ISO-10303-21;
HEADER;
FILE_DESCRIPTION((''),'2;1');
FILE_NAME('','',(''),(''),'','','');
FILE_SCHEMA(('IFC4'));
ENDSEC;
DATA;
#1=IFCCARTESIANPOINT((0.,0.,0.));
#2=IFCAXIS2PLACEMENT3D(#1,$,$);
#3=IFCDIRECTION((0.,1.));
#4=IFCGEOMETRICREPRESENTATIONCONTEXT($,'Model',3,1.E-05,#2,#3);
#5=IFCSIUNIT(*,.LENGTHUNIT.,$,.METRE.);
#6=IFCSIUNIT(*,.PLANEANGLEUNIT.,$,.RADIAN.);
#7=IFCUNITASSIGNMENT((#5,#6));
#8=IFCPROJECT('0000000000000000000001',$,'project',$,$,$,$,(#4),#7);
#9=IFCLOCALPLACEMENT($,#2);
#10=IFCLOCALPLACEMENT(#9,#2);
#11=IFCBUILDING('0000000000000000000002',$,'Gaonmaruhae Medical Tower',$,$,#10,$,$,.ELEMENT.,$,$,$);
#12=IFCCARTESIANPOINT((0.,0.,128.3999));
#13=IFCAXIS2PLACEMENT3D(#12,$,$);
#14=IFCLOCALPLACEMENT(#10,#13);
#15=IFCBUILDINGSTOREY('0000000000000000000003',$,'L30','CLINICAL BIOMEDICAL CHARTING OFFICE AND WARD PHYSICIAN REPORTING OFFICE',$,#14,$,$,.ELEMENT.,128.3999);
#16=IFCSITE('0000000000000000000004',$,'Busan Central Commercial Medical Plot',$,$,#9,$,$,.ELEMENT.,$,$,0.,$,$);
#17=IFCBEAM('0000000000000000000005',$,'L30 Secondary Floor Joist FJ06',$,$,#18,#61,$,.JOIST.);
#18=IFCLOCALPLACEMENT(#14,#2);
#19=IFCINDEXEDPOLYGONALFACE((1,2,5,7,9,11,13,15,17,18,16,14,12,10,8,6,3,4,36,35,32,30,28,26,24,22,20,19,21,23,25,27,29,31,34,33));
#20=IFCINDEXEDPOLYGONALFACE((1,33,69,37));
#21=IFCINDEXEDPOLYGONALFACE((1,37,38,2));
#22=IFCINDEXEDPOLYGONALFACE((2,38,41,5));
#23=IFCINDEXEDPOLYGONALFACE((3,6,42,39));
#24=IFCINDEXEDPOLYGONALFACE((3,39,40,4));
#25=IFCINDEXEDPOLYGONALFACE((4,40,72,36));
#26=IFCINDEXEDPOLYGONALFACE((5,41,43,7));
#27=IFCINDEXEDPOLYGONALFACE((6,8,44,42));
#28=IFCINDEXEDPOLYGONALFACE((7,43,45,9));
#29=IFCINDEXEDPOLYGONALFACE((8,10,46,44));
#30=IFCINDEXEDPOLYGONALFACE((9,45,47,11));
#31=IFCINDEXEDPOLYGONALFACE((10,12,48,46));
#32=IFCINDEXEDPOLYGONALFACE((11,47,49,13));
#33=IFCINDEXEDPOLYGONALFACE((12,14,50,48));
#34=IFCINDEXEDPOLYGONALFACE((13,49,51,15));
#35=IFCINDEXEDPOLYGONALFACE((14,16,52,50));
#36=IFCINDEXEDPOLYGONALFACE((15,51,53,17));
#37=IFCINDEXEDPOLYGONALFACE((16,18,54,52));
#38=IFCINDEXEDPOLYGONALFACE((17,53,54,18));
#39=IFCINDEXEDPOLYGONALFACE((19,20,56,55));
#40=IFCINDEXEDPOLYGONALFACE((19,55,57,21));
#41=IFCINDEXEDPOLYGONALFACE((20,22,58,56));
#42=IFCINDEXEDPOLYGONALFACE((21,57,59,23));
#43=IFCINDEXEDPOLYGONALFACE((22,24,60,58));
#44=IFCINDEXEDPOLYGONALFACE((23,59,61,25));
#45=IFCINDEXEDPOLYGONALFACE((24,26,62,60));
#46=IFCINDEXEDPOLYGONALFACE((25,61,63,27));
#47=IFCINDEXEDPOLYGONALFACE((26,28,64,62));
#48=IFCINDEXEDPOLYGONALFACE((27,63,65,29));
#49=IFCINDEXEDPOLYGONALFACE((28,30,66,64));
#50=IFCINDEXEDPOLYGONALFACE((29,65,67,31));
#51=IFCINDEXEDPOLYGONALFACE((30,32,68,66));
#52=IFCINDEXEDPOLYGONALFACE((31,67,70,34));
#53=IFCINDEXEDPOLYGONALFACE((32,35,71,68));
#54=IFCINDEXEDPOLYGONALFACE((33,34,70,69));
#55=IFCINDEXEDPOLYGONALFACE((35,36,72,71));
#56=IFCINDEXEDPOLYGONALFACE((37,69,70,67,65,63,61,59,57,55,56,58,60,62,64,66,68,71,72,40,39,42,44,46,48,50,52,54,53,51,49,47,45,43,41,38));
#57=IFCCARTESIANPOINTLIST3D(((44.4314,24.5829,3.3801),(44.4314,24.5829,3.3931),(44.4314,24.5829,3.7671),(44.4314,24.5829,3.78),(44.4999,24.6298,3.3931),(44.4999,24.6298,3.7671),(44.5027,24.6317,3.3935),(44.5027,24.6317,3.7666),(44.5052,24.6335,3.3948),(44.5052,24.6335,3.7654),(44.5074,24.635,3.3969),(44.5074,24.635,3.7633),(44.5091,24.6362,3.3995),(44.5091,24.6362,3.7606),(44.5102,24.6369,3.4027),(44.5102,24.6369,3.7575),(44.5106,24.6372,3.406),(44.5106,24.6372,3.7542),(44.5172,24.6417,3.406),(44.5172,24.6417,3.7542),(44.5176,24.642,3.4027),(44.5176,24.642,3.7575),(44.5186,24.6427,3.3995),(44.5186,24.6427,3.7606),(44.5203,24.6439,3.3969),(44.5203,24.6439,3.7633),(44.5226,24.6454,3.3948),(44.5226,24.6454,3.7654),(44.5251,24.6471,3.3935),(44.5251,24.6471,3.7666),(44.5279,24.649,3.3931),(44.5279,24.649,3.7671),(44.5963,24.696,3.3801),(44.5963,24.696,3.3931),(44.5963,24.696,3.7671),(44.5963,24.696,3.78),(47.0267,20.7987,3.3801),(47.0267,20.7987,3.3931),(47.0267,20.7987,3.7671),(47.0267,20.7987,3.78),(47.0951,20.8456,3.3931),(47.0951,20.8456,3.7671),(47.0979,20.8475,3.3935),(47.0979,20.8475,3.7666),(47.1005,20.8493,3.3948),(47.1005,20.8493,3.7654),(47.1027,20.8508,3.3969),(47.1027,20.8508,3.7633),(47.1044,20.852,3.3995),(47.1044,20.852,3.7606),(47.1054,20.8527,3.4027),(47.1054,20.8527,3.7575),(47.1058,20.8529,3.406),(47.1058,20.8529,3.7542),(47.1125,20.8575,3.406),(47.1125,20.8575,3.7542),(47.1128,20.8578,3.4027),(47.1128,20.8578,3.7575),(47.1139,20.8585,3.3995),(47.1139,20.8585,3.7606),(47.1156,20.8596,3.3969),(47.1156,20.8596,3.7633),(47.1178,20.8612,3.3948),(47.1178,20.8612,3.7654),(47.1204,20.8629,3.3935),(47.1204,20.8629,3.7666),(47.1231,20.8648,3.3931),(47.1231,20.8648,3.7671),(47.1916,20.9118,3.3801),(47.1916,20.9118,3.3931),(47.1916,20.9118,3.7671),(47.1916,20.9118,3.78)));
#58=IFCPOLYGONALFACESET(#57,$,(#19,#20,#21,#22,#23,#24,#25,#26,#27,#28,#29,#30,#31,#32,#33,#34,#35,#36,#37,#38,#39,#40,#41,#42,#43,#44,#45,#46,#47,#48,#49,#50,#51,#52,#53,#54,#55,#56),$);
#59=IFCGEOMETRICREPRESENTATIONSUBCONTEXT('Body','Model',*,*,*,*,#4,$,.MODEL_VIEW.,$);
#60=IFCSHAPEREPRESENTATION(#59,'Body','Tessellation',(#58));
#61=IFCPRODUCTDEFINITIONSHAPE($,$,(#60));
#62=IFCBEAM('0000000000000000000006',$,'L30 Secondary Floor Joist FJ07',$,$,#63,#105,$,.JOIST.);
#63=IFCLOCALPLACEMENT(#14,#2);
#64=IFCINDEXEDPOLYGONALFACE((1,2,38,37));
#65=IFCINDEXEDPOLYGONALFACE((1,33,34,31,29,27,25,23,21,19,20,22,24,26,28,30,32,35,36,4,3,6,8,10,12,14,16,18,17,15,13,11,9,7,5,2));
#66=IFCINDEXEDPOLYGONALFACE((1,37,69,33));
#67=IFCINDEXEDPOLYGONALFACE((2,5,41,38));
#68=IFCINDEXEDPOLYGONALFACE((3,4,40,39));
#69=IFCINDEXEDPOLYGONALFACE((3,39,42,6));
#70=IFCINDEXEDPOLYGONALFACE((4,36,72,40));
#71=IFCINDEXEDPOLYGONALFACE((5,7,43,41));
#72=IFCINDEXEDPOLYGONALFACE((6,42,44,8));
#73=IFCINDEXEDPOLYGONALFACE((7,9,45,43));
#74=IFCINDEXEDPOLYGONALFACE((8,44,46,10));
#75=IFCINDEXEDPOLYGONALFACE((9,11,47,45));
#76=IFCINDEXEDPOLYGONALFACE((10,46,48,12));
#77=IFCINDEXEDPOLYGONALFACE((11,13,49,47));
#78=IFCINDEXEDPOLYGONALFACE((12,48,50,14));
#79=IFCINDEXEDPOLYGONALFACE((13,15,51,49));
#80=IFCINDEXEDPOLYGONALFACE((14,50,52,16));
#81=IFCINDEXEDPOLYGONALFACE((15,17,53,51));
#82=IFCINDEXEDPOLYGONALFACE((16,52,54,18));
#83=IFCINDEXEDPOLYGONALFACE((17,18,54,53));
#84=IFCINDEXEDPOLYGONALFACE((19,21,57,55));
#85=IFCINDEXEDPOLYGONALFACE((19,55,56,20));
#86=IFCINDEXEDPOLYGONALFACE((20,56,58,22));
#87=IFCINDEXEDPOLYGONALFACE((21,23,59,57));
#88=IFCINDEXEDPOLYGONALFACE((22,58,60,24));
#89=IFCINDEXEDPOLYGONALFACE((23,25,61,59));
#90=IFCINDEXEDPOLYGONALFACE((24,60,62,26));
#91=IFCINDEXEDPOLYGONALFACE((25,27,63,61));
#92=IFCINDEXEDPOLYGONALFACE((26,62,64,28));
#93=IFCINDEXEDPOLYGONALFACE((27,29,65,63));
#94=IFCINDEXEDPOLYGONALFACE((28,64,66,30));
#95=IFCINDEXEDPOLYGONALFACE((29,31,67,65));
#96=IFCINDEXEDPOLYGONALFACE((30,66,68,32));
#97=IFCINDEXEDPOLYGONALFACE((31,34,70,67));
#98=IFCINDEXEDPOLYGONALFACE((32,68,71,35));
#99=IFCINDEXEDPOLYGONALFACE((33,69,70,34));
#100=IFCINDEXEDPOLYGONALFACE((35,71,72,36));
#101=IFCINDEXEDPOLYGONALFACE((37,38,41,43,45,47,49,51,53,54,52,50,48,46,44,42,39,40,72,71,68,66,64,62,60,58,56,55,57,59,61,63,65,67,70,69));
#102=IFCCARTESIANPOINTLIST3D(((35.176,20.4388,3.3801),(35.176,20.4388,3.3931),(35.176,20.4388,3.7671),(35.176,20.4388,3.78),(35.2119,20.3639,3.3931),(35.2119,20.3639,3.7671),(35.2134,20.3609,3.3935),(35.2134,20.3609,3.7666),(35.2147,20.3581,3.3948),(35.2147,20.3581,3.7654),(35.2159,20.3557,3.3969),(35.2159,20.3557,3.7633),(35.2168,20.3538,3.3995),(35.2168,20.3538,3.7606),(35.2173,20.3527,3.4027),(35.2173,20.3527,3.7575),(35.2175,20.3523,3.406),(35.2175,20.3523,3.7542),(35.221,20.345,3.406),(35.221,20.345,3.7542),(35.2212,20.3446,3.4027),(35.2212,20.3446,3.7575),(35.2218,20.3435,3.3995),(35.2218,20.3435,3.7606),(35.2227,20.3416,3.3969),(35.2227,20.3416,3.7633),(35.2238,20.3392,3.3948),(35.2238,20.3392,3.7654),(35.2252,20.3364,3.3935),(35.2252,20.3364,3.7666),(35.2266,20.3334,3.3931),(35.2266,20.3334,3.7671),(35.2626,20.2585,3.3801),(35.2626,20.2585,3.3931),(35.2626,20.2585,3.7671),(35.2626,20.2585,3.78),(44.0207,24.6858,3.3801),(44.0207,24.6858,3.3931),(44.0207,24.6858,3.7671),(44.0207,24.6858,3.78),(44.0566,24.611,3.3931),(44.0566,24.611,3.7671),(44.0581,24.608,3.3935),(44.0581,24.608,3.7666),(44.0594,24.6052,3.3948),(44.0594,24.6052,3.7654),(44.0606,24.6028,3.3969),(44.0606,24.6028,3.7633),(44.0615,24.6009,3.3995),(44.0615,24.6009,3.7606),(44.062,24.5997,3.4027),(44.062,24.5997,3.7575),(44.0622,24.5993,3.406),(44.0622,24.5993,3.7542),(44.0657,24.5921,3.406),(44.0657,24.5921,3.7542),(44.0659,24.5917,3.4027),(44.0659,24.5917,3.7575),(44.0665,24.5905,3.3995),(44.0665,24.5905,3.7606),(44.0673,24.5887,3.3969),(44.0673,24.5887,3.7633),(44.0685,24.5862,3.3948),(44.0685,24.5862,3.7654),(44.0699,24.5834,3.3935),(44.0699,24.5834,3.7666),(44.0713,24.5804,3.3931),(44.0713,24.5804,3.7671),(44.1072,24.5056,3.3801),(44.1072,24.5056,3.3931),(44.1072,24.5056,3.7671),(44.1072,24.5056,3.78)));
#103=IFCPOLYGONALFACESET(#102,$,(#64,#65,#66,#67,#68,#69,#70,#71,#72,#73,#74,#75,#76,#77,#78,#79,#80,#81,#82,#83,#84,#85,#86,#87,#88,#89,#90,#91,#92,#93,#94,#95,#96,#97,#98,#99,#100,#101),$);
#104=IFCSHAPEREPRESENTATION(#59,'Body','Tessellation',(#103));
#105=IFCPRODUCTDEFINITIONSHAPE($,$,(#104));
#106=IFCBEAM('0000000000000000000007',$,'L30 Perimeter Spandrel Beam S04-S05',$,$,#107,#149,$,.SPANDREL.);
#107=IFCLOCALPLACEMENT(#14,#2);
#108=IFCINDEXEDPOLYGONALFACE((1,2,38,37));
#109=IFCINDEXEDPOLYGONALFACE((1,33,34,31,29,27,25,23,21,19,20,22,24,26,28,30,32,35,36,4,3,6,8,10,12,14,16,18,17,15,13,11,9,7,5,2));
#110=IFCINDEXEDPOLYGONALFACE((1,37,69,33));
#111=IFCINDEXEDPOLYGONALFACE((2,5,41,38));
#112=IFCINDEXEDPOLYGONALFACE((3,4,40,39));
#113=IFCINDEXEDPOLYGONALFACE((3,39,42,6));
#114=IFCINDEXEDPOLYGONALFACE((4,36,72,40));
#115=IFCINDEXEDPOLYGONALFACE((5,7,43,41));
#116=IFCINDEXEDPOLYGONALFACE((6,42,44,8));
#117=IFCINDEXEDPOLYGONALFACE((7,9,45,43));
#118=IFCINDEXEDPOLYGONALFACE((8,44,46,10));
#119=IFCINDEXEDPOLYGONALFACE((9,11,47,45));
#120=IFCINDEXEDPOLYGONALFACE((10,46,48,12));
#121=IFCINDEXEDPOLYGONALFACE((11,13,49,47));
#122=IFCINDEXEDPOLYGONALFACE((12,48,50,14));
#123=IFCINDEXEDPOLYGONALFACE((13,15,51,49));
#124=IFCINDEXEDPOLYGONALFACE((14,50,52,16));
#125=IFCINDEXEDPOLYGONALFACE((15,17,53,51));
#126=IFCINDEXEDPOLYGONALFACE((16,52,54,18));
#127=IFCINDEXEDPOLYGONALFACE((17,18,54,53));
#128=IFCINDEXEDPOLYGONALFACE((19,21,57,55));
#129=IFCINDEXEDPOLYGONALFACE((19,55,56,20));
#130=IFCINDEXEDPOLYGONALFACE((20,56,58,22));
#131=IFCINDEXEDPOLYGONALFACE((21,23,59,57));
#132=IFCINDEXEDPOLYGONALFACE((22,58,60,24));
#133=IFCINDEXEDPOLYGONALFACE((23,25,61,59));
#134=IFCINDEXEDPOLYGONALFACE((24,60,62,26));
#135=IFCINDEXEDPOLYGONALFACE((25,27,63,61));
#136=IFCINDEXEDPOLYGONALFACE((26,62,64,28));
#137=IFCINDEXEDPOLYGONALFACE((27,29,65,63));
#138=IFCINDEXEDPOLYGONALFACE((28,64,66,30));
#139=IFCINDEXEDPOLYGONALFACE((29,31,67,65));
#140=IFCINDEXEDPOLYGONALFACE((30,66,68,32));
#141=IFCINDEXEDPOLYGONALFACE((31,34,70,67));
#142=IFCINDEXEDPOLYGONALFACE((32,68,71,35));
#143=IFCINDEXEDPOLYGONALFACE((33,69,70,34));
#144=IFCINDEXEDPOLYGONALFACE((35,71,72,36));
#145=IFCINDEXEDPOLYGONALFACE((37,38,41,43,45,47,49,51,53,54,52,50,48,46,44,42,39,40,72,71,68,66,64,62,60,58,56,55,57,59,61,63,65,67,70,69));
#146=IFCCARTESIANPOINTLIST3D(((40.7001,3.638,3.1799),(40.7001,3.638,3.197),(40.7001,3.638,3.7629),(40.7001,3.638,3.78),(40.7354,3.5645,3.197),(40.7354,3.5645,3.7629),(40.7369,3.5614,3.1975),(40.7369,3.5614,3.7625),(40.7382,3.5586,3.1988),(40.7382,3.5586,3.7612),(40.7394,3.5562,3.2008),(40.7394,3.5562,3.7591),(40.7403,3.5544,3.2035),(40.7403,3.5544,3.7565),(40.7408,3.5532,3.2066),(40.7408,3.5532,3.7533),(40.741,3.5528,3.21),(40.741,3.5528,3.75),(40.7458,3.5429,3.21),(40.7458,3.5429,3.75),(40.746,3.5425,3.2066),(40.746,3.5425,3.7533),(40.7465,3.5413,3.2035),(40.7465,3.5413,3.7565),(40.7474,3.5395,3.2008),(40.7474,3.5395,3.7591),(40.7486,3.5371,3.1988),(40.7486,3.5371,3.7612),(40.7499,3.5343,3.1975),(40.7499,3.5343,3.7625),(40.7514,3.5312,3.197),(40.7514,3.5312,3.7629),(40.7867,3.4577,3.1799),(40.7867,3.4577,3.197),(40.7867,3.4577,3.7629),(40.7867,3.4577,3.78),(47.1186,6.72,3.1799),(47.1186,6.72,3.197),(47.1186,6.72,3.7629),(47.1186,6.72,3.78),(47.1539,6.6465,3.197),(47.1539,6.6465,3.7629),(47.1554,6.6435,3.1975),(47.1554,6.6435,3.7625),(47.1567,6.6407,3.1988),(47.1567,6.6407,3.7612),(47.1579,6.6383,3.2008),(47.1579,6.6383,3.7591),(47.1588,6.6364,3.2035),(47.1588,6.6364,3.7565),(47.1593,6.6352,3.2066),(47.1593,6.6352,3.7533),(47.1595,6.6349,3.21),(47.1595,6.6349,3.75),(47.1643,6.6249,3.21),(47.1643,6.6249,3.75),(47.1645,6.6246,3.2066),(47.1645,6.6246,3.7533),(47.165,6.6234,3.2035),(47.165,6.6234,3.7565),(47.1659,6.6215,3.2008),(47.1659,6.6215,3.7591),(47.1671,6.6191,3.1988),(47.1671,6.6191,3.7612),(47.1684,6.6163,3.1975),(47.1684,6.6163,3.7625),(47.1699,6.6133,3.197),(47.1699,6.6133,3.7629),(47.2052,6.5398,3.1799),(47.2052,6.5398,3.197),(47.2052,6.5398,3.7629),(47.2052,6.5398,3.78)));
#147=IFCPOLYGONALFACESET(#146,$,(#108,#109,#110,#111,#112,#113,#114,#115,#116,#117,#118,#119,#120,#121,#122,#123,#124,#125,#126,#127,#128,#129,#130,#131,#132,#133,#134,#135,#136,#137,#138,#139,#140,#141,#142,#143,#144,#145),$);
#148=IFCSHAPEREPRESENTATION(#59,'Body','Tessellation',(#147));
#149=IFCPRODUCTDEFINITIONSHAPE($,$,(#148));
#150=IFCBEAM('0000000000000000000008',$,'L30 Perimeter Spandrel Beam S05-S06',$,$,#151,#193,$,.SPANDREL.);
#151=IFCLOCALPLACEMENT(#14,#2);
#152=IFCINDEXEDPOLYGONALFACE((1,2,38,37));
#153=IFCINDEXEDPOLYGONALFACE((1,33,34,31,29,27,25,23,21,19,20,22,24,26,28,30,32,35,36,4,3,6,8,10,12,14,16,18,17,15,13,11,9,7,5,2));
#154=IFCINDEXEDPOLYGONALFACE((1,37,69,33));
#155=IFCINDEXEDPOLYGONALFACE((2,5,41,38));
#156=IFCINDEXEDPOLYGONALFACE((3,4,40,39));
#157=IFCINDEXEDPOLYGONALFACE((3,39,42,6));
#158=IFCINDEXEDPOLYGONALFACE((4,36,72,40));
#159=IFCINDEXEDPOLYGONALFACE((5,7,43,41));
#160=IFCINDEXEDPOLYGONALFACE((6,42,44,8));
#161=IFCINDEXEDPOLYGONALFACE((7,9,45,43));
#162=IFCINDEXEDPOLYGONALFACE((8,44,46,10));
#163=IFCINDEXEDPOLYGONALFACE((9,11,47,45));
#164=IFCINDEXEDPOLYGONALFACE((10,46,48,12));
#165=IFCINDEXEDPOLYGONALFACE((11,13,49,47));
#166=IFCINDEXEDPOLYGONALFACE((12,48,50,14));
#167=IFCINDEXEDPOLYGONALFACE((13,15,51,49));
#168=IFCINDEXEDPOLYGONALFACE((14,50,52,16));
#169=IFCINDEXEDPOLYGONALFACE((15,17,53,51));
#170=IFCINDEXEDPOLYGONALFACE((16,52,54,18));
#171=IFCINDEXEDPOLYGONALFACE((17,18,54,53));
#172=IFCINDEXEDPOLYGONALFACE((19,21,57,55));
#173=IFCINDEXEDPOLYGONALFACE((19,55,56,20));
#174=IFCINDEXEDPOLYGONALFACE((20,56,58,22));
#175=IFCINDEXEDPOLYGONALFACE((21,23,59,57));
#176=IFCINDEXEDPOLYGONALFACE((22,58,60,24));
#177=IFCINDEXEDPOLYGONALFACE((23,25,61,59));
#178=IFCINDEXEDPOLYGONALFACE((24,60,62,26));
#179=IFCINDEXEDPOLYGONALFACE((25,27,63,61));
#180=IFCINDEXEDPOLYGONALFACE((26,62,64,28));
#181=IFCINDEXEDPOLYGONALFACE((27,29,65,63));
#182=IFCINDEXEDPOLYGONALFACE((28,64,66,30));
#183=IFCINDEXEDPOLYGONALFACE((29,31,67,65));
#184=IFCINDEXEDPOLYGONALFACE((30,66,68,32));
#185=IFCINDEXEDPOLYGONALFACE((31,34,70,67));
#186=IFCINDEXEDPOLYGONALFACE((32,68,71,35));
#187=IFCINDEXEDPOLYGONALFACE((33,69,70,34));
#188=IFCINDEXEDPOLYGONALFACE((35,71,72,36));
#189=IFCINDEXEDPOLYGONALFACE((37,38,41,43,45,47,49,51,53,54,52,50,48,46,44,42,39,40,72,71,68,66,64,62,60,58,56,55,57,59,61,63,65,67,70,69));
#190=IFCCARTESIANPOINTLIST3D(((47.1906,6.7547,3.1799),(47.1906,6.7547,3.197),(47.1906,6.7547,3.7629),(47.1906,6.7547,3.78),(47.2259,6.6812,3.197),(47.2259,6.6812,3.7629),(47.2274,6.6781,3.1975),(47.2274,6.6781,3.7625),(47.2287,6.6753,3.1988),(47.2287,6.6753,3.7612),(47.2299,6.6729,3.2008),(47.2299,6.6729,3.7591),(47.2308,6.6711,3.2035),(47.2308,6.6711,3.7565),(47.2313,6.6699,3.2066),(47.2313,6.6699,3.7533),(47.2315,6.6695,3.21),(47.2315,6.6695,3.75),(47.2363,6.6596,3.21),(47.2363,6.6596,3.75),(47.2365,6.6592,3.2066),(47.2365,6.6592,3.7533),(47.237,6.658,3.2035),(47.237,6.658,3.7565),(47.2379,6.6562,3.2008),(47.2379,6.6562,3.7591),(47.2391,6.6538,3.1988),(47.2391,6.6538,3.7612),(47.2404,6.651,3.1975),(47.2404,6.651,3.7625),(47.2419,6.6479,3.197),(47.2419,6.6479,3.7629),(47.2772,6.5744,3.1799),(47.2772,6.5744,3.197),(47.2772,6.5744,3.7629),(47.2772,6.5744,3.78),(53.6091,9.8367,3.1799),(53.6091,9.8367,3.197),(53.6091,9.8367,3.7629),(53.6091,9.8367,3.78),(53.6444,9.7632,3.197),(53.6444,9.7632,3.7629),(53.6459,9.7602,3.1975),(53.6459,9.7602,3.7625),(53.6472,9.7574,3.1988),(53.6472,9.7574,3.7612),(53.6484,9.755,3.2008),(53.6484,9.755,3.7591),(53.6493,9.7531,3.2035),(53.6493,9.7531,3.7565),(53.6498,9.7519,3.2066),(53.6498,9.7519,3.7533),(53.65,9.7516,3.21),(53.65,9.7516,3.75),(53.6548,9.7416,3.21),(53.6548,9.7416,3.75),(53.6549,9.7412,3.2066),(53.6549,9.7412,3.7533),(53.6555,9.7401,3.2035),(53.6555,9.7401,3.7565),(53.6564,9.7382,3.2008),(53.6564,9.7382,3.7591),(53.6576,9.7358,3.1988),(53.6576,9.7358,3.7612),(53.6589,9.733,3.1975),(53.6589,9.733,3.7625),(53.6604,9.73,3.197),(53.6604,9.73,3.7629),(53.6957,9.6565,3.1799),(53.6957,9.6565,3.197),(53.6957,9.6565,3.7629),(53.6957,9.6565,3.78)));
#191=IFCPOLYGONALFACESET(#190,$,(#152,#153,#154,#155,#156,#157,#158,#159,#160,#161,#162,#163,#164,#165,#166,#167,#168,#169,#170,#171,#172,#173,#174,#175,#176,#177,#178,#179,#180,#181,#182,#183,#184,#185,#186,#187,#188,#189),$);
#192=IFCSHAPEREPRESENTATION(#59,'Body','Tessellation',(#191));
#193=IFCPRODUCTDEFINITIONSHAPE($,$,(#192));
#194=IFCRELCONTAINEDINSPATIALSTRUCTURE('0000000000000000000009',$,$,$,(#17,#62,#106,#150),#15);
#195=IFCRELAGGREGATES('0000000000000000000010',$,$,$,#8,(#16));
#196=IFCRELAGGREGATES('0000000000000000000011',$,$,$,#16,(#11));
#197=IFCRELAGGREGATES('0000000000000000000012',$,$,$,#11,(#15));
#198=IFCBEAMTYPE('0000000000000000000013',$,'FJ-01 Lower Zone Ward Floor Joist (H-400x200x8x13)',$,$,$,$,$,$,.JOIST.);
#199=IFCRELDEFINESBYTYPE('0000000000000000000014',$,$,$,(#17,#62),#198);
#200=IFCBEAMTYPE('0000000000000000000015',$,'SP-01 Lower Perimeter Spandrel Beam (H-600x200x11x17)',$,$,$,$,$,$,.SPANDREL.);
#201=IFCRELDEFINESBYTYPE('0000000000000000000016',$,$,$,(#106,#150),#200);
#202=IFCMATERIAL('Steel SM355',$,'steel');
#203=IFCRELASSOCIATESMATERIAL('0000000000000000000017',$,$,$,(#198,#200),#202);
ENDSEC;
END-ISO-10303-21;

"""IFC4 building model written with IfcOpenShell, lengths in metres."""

from ifc_helpers import new_model, si_unit, direction, frame, origin, origin_2d, place, context, subcontext, project, spatial, i_section, extrude, material, material_profile, profile_set, type_object, element, save


model = new_model("IFC4")

# Units and contexts
model_context = context("Model", 3, precision=1e-05, world=origin(), true_north=direction((0.0, 1.0)))
body_context = subcontext(model_context, "Body", "Model", "MODEL_VIEW")
ifc_project = project(units=[si_unit("LENGTHUNIT", "METRE"), si_unit("PLANEANGLEUNIT", "RADIAN")], contexts=[model_context])

# Site, building, storey
site_placement = place(None, origin())
site = spatial("IfcSite", under=ifc_project, at=site_placement, Name="Busan Central Commercial Medical Plot", CompositionType="ELEMENT", RefElevation=0.0)
building_placement = place(site_placement, origin())
building = spatial("IfcBuilding", under=site, at=building_placement, Name="Gaonmaruhae Medical Tower", CompositionType="ELEMENT")
storey_placement = place(building_placement, frame((0.0, 0.0, 128.3999)))
storey = spatial("IfcBuildingStorey", under=building, at=storey_placement, Name="L30", Description="CLINICAL BIOMEDICAL CHARTING OFFICE AND WARD PHYSICIAN REPORTING OFFICE", CompositionType="ELEMENT", Elevation=128.3999)

# Beams
ifc_material_1 = material(Name="Steel SM355", Category="steel")
ifc_material_profile_1 = material_profile(ifc_material_1, i_section(OverallWidth=0.2, OverallDepth=0.3999, WebThickness=0.0081, FlangeThickness=0.0129, FilletRadius=0.0129, at=origin_2d()), Name="H-400x200x8x13")
ifc_profile_set_1 = profile_set([ifc_material_profile_1], Name="Steel SM355")
beam_type_1 = type_object("IfcBeamType", Name="FJ-01 Lower Zone Ward Floor Joist (H-400x200x8x13)", PredefinedType="JOIST", material=ifc_profile_set_1)
beam_1_placement = place(storey_placement, frame((47.1091, 20.8552, 3.5801), z_axis=(-0.56558, 0.824693, 0.0), x_axis=(-0.824693, -0.56558, 0.0)))
element("IfcBeam", 1, at=beam_1_placement, inside=storey, type_object=beam_type_1, Name="L30 Secondary Floor Joist FJ06", PredefinedType="JOIST", context=body_context, shape_type="SweptSolid", body=[
    extrude(i_section(OverallWidth=0.2, OverallDepth=0.3999, WebThickness=0.0081, FlangeThickness=0.0129, FilletRadius=0.0129, at=origin_2d()), origin(), (0.0, 0.0, 1.0), 4.5886),
])
beam_2_placement = place(storey_placement, frame((44.064, 24.5957, 3.5801), z_axis=(-0.901459, -0.432864, 0.0), x_axis=(0.432864, -0.901459, 0.0)))
element("IfcBeam", 2, at=beam_2_placement, inside=storey, type_object=beam_type_1, Name="L30 Secondary Floor Joist FJ07", PredefinedType="JOIST", context=body_context, shape_type="SweptSolid", body=[
    extrude(i_section(OverallWidth=0.2, OverallDepth=0.3999, WebThickness=0.0081, FlangeThickness=0.0129, FilletRadius=0.0129, at=origin_2d()), origin(), (0.0, 0.0, 1.0), 9.8115),
])
ifc_material_profile_2 = material_profile(ifc_material_1, i_section(OverallWidth=0.2, OverallDepth=0.6001, WebThickness=0.011, FlangeThickness=0.0171, FilletRadius=0.0129, at=origin_2d()), Name="H-600x200x11x17")
ifc_profile_set_2 = profile_set([ifc_material_profile_2], Name="Steel SM355")
beam_type_2 = type_object("IfcBeamType", Name="SP-01 Lower Perimeter Spandrel Beam (H-600x200x11x17)", PredefinedType="SPANDREL", material=ifc_profile_set_2)
for number, where, z_axis, x_axis, name in (
    (3, (40.7434, 3.5479, 3.48), (0.901459, 0.432865, 0.0), (-0.432865, 0.901459, 0.0), "L30 Perimeter Spandrel Beam S04-S05"),
    (4, (47.2339, 6.6646, 3.48), (0.901459, 0.432865, 0.0), (-0.432865, 0.901459, 0.0), "L30 Perimeter Spandrel Beam S05-S06"),
):
    element("IfcBeam", number, at=place(storey_placement, frame(where, z_axis=z_axis, x_axis=x_axis)), inside=storey, type_object=beam_type_2, Name=name, PredefinedType="SPANDREL", context=body_context, shape_type="SweptSolid", body=[
        extrude(i_section(OverallWidth=0.2, OverallDepth=0.6001, WebThickness=0.011, FlangeThickness=0.0171, FilletRadius=0.0129, at=origin_2d()), origin(), (0.0, 0.0, 1.0), 7.1201),
    ])

save(model, "model.ifc")
